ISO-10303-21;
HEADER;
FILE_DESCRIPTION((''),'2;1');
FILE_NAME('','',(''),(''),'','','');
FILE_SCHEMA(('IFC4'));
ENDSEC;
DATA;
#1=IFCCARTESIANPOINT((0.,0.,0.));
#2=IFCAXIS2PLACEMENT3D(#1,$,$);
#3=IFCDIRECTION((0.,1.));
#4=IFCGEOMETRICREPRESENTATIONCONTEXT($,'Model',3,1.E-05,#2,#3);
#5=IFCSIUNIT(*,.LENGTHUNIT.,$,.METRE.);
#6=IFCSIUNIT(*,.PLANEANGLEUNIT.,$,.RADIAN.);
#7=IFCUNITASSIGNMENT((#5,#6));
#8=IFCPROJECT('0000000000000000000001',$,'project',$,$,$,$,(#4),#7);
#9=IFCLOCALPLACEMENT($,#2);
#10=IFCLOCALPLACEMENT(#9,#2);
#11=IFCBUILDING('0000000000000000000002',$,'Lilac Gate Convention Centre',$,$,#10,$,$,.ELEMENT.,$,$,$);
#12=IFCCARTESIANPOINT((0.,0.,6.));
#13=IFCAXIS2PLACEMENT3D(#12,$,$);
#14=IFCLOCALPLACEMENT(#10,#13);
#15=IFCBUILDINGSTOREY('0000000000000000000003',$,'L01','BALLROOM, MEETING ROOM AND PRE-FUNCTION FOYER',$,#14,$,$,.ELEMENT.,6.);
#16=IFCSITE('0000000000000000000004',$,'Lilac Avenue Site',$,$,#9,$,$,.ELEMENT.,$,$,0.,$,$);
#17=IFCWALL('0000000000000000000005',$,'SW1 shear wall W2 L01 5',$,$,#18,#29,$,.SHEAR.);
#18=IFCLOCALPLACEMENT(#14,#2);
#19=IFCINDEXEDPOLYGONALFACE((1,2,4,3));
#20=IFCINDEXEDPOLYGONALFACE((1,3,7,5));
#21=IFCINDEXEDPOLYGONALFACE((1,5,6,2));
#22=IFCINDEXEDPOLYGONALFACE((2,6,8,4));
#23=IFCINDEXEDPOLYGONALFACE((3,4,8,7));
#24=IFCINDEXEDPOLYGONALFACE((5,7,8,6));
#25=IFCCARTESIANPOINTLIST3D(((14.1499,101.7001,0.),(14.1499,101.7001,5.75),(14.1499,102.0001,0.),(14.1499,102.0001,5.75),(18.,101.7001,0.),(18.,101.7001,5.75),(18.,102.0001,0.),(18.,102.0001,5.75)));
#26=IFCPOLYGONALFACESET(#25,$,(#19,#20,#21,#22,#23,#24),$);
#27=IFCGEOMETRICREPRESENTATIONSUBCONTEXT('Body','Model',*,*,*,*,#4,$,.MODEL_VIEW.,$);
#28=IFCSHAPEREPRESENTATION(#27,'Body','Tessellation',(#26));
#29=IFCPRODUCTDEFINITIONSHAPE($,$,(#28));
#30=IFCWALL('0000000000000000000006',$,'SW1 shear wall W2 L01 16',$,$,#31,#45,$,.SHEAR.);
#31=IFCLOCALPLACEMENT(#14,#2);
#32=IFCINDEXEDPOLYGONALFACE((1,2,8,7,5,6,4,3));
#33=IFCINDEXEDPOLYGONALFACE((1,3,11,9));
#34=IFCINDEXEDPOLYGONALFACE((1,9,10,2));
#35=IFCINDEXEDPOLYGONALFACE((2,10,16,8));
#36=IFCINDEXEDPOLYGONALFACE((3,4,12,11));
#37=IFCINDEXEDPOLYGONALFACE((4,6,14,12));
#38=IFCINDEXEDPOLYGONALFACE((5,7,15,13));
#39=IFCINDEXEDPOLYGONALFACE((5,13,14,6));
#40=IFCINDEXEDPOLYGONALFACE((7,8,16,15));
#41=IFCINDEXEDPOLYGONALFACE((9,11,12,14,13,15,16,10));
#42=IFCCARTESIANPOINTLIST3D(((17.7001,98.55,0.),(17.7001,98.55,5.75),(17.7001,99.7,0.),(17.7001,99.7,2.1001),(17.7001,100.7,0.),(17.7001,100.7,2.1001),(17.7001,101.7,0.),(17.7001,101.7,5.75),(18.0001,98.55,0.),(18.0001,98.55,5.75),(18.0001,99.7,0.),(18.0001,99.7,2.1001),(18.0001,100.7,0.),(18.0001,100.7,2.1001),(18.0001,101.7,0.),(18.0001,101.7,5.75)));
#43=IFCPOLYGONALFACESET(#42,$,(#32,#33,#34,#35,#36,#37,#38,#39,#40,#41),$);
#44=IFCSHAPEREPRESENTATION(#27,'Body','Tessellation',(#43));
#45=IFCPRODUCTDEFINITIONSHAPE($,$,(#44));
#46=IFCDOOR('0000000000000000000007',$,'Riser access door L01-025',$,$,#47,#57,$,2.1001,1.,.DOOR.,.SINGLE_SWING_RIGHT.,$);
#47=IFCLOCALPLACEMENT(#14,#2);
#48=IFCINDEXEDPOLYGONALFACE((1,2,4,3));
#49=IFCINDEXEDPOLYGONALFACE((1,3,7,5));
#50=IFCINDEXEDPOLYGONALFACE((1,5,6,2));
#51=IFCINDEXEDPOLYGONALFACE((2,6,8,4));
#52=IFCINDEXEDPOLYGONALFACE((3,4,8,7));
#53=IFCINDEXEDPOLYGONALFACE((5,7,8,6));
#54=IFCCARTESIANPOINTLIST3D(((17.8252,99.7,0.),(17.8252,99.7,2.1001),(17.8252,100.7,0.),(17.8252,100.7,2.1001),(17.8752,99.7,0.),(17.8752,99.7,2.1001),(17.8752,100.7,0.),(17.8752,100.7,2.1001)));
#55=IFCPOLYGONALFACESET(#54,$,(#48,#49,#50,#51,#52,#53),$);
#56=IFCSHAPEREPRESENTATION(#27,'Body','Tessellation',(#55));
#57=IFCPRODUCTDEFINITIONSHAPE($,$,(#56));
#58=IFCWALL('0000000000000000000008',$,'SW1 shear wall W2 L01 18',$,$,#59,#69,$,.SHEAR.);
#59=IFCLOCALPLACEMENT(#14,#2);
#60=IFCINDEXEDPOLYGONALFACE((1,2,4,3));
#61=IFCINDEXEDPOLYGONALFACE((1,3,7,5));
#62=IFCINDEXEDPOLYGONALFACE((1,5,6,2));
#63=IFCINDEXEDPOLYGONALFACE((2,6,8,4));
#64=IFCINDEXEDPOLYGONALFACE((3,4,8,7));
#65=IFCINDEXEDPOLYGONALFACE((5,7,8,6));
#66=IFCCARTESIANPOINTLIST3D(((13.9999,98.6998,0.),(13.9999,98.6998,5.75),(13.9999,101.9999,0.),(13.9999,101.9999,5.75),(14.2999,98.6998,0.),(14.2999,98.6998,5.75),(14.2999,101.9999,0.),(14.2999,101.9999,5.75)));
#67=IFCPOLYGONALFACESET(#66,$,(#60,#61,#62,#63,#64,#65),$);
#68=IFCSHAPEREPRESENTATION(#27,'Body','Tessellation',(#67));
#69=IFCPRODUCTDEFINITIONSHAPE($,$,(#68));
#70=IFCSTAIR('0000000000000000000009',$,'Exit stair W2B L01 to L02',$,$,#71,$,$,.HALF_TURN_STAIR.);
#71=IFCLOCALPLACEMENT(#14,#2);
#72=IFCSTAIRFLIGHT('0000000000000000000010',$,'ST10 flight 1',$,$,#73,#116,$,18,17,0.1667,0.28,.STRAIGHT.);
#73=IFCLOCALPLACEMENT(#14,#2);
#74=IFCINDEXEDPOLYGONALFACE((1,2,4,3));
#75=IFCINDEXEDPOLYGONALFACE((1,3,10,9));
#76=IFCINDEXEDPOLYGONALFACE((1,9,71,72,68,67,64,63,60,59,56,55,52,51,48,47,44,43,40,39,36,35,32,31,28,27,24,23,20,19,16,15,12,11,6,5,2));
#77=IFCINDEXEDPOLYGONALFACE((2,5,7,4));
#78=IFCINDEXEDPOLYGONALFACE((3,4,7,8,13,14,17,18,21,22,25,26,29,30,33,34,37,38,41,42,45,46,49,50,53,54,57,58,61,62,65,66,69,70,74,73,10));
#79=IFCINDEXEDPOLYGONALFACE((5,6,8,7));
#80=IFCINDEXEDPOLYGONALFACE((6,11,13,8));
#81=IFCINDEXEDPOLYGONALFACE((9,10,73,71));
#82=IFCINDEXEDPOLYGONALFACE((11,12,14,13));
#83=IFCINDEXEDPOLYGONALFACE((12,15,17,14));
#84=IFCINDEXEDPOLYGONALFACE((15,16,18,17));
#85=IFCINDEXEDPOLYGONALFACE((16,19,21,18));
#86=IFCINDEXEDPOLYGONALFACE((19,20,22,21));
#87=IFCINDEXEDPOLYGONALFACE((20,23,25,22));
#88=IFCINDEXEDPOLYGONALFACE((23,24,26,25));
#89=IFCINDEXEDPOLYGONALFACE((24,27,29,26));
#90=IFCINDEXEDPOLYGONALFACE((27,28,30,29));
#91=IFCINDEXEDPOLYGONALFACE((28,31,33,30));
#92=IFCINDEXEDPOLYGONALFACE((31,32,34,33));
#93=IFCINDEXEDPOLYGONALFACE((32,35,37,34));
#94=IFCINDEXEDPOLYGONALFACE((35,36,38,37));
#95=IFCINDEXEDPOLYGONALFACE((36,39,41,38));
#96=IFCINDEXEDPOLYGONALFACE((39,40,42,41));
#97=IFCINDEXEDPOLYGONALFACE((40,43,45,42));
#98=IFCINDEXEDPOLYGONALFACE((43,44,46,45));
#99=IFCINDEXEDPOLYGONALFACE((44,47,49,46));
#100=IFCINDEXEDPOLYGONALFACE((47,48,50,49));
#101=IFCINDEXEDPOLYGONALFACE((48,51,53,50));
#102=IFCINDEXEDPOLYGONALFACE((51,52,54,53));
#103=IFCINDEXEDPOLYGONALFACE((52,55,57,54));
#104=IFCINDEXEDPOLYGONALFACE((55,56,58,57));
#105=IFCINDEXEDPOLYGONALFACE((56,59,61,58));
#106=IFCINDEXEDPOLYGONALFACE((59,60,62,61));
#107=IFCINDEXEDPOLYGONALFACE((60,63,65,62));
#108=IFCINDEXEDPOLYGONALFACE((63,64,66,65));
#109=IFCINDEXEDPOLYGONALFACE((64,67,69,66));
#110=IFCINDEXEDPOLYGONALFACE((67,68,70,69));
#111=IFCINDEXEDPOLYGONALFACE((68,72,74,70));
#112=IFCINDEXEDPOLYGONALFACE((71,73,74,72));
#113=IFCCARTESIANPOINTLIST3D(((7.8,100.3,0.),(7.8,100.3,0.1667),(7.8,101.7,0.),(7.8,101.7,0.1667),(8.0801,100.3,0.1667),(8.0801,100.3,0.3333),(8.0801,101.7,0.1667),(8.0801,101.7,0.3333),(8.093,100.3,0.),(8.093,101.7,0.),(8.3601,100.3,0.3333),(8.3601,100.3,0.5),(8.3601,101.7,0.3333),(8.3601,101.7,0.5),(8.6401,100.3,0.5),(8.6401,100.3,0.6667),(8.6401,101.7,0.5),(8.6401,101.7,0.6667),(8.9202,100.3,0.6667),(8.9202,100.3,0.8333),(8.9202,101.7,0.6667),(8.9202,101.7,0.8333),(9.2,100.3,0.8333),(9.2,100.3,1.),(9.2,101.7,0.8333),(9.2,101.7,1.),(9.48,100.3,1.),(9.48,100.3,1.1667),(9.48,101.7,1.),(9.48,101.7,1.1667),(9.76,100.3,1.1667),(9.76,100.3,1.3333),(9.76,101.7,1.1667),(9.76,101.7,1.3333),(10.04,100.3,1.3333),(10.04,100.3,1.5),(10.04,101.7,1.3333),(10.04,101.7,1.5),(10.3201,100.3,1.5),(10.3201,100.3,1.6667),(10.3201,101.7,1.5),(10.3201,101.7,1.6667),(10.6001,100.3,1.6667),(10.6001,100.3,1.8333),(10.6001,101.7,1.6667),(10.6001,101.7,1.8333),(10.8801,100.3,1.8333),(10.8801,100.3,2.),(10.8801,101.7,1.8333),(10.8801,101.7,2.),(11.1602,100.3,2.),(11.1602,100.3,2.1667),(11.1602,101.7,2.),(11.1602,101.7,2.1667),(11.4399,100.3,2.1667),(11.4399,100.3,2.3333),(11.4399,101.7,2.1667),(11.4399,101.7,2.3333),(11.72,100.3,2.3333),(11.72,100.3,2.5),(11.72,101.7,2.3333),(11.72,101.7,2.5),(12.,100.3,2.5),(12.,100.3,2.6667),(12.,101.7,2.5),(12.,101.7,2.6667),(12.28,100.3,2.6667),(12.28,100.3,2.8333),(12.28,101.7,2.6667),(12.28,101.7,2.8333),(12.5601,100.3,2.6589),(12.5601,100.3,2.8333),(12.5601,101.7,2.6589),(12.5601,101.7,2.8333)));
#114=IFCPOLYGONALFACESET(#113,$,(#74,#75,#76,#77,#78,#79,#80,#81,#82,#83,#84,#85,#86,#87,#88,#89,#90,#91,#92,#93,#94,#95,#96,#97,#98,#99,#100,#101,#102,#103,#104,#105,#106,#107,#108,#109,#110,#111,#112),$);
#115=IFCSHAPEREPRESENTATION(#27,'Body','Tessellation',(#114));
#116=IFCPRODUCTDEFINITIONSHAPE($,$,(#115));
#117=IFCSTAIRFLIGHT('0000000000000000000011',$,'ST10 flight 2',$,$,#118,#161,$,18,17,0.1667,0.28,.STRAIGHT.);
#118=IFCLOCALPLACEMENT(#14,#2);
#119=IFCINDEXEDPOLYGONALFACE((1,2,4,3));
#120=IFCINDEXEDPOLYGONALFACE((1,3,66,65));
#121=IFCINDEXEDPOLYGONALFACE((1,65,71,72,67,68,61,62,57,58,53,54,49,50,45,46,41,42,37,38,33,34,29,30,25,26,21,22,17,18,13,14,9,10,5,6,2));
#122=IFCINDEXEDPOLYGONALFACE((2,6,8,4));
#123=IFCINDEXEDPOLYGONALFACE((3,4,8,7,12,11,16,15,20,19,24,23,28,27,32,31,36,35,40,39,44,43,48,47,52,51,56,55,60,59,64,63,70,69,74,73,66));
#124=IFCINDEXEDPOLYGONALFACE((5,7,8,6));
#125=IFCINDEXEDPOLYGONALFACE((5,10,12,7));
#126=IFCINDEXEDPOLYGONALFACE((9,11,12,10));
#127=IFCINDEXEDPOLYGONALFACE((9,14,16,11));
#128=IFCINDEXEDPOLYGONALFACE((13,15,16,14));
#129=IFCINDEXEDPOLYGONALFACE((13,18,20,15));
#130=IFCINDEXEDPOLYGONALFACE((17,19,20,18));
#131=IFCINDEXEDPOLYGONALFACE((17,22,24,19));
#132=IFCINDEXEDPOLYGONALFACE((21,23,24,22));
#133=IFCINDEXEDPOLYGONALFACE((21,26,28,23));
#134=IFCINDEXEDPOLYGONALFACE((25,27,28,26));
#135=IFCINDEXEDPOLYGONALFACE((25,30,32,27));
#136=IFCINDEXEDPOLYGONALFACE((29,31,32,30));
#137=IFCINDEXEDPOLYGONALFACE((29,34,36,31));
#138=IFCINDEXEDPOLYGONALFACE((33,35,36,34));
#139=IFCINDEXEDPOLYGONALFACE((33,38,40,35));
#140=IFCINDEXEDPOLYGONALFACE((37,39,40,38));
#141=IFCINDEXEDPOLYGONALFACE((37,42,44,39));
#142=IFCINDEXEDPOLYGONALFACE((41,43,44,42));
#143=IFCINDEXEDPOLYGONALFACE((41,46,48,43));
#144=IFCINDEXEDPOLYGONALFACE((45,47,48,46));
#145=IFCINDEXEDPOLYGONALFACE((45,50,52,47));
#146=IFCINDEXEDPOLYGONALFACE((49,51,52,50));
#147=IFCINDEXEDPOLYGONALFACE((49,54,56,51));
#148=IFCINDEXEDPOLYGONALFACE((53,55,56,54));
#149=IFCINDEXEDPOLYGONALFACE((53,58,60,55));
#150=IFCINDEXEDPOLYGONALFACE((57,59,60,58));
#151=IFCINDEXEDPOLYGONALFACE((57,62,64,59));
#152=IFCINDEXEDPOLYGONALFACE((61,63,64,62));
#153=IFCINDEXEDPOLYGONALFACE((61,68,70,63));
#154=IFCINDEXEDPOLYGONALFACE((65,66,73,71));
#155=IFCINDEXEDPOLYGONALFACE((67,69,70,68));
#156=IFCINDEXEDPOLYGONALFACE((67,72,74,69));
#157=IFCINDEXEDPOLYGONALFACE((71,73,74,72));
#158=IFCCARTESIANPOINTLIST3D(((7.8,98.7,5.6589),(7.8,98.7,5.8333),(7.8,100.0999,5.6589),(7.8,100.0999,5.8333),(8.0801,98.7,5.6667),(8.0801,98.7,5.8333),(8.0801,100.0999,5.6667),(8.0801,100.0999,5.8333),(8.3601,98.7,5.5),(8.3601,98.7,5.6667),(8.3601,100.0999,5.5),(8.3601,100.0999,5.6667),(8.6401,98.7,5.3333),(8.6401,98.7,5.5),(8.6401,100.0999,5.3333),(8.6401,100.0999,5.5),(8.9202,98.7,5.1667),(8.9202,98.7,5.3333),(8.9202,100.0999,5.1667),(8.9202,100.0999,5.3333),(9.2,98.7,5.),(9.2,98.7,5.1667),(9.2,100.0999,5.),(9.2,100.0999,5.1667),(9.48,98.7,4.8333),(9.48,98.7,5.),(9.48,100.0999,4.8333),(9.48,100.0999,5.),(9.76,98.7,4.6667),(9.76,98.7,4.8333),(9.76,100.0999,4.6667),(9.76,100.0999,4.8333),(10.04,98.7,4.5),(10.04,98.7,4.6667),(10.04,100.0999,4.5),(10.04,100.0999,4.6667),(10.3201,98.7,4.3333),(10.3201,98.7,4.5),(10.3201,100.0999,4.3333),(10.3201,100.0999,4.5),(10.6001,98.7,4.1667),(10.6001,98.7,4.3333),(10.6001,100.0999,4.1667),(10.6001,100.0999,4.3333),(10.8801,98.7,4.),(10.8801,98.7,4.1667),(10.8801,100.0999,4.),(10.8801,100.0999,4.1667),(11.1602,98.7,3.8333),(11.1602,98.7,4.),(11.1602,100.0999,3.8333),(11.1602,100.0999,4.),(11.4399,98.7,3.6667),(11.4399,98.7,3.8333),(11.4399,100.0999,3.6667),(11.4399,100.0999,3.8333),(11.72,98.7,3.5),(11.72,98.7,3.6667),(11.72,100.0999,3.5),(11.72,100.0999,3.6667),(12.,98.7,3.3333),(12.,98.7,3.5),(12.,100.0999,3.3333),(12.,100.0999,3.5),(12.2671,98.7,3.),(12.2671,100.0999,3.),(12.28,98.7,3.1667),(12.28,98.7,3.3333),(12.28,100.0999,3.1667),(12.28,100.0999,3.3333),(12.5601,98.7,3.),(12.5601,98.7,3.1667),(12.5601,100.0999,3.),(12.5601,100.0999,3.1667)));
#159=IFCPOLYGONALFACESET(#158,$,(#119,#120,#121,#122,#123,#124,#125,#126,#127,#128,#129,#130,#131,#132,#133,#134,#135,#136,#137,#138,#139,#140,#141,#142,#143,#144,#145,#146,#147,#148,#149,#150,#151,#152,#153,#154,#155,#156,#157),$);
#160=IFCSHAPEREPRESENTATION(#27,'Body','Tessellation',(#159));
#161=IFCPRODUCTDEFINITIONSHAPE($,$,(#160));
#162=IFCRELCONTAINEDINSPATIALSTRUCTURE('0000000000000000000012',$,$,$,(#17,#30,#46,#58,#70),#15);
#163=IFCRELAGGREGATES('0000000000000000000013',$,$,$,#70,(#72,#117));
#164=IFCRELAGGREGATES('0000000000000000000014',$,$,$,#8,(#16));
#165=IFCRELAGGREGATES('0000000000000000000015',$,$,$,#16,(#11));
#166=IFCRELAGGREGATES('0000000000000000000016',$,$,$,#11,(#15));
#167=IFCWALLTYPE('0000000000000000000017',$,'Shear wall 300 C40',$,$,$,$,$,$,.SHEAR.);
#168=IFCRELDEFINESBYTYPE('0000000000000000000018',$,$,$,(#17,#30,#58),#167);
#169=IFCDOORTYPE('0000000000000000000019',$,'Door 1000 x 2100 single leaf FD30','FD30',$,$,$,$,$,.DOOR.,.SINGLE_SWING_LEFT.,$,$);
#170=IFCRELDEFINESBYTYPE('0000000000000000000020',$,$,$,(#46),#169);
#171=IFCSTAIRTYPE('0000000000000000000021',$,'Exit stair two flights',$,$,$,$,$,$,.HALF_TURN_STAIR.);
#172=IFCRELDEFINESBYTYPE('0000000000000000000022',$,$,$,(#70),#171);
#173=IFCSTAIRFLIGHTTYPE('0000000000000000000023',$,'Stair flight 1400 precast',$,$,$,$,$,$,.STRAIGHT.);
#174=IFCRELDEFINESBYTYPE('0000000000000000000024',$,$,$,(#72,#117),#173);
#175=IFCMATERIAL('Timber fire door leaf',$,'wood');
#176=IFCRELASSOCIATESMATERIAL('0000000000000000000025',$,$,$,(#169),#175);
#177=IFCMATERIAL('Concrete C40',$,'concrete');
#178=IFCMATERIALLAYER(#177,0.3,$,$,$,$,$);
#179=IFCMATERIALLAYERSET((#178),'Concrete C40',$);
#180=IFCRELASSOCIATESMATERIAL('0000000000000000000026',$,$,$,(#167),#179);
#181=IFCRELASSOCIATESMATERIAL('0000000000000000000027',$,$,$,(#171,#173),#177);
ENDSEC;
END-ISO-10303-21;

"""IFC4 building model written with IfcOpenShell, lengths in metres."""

from ifc_helpers import new_model, si_unit, direction, frame, frame_2d, origin, place, context, subcontext, project, spatial, polyline, rectangle, outline, extrude, material, layer, layer_set, type_object, element, fill, aggregate, save


model = new_model("IFC4")

# Units and contexts
model_context = context("Model", 3, precision=1e-05, world=origin(), true_north=direction((0.0, 1.0)))
body_context = subcontext(model_context, "Body", "Model", "MODEL_VIEW")
ifc_project = project(units=[si_unit("LENGTHUNIT", "METRE"), si_unit("PLANEANGLEUNIT", "RADIAN")], contexts=[model_context])

# Site, building, storey
site_placement = place(None, origin())
site = spatial("IfcSite", under=ifc_project, at=site_placement, Name="Lilac Avenue Site", CompositionType="ELEMENT", RefElevation=0.0)
building_placement = place(site_placement, origin())
building = spatial("IfcBuilding", under=site, at=building_placement, Name="Lilac Gate Convention Centre", CompositionType="ELEMENT")
storey_placement = place(building_placement, frame((0.0, 0.0, 6.0)))
storey = spatial("IfcBuildingStorey", under=building, at=storey_placement, Name="L01", Description="BALLROOM, MEETING ROOM AND PRE-FUNCTION FOYER", CompositionType="ELEMENT", Elevation=6.0)

# Shared definitions
ifc_material_1 = material(Name="Concrete C40", Category="concrete")

# Shared definitions
ifc_material_2 = material(Name="Timber fire door leaf", Category="wood")
door_type = type_object("IfcDoorType", Name="Door 1000 x 2100 single leaf FD30", Description="FD30", OperationType="SINGLE_SWING_LEFT", PredefinedType="DOOR", material=ifc_material_2)

# Wall
ifc_layer_1 = layer(ifc_material_1, 0.3)
ifc_layer_set_1 = layer_set([ifc_layer_1], Name="Concrete C40")
wall_type_1 = type_object("IfcWallType", Name="Shear wall 300 C40", PredefinedType="SHEAR", material=ifc_layer_set_1)
wall_1_placement = place(storey_placement, frame((14.1499, 101.8501, 0.0), z_axis=(0.0, 0.0, 1.0), x_axis=(1.0, 0.0, 0.0)))
element("IfcWall", 1, at=wall_1_placement, inside=storey, type_object=wall_type_1, Name="SW1 shear wall W2 L01 5", PredefinedType="SHEAR", context=body_context, shape_type="SweptSolid", body=[
    extrude(rectangle(XDim=3.8501, YDim=0.3, at=frame_2d((1.925, 0.0))), origin(), (0.0, 0.0, 1.0), 5.75),
])

# Wall, opening, door
wall_2_placement = place(storey_placement, frame((17.8501, 98.55, 0.0), z_axis=(0.0, 0.0, 1.0), x_axis=(0.0, 1.0, 0.0)))
wall_2 = element("IfcWall", 2, at=wall_2_placement, inside=storey, type_object=wall_type_1, Name="SW1 shear wall W2 L01 16", PredefinedType="SHEAR", context=body_context, shape_type="SweptSolid", body=[
    extrude(rectangle(XDim=3.1499, YDim=0.3, at=frame_2d((1.575, 0.0))), origin(), (0.0, 0.0, 1.0), 5.75),
])
opening_1_placement = place(wall_2_placement, frame((1.1499, 0.0, 0.0)))
opening_1 = element("IfcOpeningElement", 3, at=opening_1_placement, cuts=wall_2, PredefinedType="OPENING", context=body_context, shape_type="SweptSolid", body=[
    extrude(rectangle(XDim=1.0, YDim=2.1001, at=frame_2d((0.5, 1.05))), frame((0.0, 0.1599, 0.0), z_axis=(0.0, -1.0, 0.0), x_axis=(1.0, 0.0, 0.0)), (0.0, 0.0, 1.0), 0.3201),
])
door_1_placement = place(opening_1_placement, origin())
door_1 = element("IfcDoor", 4, at=door_1_placement, inside=storey, type_object=door_type, Name="Riser access door L01-025", OperationType="SINGLE_SWING_RIGHT", OverallHeight=2.1001, OverallWidth=1.0, PredefinedType="DOOR", context=body_context, shape_type="SweptSolid", body=[
    extrude(rectangle(XDim=1.0, YDim=2.1001, at=frame_2d((0.5, 1.05))), frame((0.0, 0.0249, 0.0), z_axis=(0.0, -1.0, 0.0), x_axis=(1.0, 0.0, 0.0)), (0.0, 0.0, 1.0), 0.05),
])
fill(opening_1, door_1)

# Wall
wall_3_placement = place(storey_placement, frame((14.1499, 98.7, 0.0), z_axis=(0.0, 0.0, 1.0), x_axis=(0.0, 1.0, 0.0)))
element("IfcWall", 5, at=wall_3_placement, inside=storey, type_object=wall_type_1, Name="SW1 shear wall W2 L01 18", PredefinedType="SHEAR", context=body_context, shape_type="SweptSolid", body=[
    extrude(rectangle(XDim=3.3, YDim=0.3, at=frame_2d((1.6499, 0.0))), origin(), (0.0, 0.0, 1.0), 5.75),
])

# Stair, stair flights
stair_type = type_object("IfcStairType", Name="Exit stair two flights", PredefinedType="HALF_TURN_STAIR", material=ifc_material_1)
stair_placement = place(storey_placement, origin())
stair = element("IfcStair", 6, at=stair_placement, inside=storey, type_object=stair_type, Name="Exit stair W2B L01 to L02", PredefinedType="HALF_TURN_STAIR")
stair_flight_type = type_object("IfcStairFlightType", Name="Stair flight 1400 precast", PredefinedType="STRAIGHT", material=ifc_material_1)
stair_flight_1_placement = place(storey_placement, frame((7.8, 101.0, 0.0), z_axis=(0.0, 0.0, 1.0), x_axis=(1.0, 0.0, 0.0)))
stair_flight_1 = element("IfcStairFlight", 7, at=stair_flight_1_placement, type_object=stair_flight_type, Name="ST10 flight 1", NumberOfRisers=18, NumberOfTreads=17, PredefinedType="STRAIGHT", RiserHeight=0.1667, TreadLength=0.28, context=body_context, shape_type="SweptSolid", body=[
    extrude(outline(polyline([(0.0, 0.0), (0.0, 0.1667), (0.28, 0.1667), (0.28, 0.3333), (0.5601, 0.3333), (0.5601, 0.5), (0.8401, 0.5), (0.8401, 0.6667), (1.1201, 0.6667), (1.1201, 0.8333), (1.3999, 0.8333), (1.3999, 1.0), (1.6799, 1.0), (1.6799, 1.1667), (1.96, 1.1667), (1.96, 1.3333), (2.24, 1.3333), (2.24, 1.5), (2.52, 1.5), (2.52, 1.6667), (2.8, 1.6667), (2.8, 1.8333), (3.0801, 1.8333), (3.0801, 2.0), (3.3601, 2.0), (3.3601, 2.1667), (3.6399, 2.1667), (3.6399, 2.3333), (3.9199, 2.3333), (3.9199, 2.5), (4.2, 2.5), (4.2, 2.6667), (4.48, 2.6667), (4.48, 2.8333), (4.76, 2.8333), (4.76, 3.0), (4.76, 2.6589), (0.293, 0.0), (0.0, 0.0)])), frame((0.0, 0.7, 0.0), z_axis=(0.0, -1.0, 0.0), x_axis=(1.0, 0.0, 0.0)), (0.0, 0.0, 1.0), 1.3999),
])
stair_flight_2_placement = place(storey_placement, frame((12.5601, 99.3999, 3.0), z_axis=(0.0, 0.0, 1.0), x_axis=(-1.0, 0.0, 0.0)))
stair_flight_2 = element("IfcStairFlight", 8, at=stair_flight_2_placement, type_object=stair_flight_type, Name="ST10 flight 2", NumberOfRisers=18, NumberOfTreads=17, PredefinedType="STRAIGHT", RiserHeight=0.1667, TreadLength=0.28, context=body_context, shape_type="SweptSolid", body=[
    extrude(outline(polyline([(0.0, 0.0), (0.0, 0.1667), (0.28, 0.1667), (0.28, 0.3333), (0.5601, 0.3333), (0.5601, 0.5), (0.8401, 0.5), (0.8401, 0.6667), (1.1201, 0.6667), (1.1201, 0.8333), (1.3999, 0.8333), (1.3999, 1.0), (1.6799, 1.0), (1.6799, 1.1667), (1.96, 1.1667), (1.96, 1.3333), (2.24, 1.3333), (2.24, 1.5), (2.52, 1.5), (2.52, 1.6667), (2.8, 1.6667), (2.8, 1.8333), (3.0801, 1.8333), (3.0801, 2.0), (3.3601, 2.0), (3.3601, 2.1667), (3.6399, 2.1667), (3.6399, 2.3333), (3.9199, 2.3333), (3.9199, 2.5), (4.2, 2.5), (4.2, 2.6667), (4.48, 2.6667), (4.48, 2.8333), (4.76, 2.8333), (4.76, 3.0), (4.76, 2.6589), (0.293, 0.0), (0.0, 0.0)])), frame((0.0, 0.7, 0.0), z_axis=(0.0, -1.0, 0.0), x_axis=(1.0, 0.0, 0.0)), (0.0, 0.0, 1.0), 1.3999),
])
aggregate(stair, [stair_flight_1, stair_flight_2])

save(model, "model.ifc")
